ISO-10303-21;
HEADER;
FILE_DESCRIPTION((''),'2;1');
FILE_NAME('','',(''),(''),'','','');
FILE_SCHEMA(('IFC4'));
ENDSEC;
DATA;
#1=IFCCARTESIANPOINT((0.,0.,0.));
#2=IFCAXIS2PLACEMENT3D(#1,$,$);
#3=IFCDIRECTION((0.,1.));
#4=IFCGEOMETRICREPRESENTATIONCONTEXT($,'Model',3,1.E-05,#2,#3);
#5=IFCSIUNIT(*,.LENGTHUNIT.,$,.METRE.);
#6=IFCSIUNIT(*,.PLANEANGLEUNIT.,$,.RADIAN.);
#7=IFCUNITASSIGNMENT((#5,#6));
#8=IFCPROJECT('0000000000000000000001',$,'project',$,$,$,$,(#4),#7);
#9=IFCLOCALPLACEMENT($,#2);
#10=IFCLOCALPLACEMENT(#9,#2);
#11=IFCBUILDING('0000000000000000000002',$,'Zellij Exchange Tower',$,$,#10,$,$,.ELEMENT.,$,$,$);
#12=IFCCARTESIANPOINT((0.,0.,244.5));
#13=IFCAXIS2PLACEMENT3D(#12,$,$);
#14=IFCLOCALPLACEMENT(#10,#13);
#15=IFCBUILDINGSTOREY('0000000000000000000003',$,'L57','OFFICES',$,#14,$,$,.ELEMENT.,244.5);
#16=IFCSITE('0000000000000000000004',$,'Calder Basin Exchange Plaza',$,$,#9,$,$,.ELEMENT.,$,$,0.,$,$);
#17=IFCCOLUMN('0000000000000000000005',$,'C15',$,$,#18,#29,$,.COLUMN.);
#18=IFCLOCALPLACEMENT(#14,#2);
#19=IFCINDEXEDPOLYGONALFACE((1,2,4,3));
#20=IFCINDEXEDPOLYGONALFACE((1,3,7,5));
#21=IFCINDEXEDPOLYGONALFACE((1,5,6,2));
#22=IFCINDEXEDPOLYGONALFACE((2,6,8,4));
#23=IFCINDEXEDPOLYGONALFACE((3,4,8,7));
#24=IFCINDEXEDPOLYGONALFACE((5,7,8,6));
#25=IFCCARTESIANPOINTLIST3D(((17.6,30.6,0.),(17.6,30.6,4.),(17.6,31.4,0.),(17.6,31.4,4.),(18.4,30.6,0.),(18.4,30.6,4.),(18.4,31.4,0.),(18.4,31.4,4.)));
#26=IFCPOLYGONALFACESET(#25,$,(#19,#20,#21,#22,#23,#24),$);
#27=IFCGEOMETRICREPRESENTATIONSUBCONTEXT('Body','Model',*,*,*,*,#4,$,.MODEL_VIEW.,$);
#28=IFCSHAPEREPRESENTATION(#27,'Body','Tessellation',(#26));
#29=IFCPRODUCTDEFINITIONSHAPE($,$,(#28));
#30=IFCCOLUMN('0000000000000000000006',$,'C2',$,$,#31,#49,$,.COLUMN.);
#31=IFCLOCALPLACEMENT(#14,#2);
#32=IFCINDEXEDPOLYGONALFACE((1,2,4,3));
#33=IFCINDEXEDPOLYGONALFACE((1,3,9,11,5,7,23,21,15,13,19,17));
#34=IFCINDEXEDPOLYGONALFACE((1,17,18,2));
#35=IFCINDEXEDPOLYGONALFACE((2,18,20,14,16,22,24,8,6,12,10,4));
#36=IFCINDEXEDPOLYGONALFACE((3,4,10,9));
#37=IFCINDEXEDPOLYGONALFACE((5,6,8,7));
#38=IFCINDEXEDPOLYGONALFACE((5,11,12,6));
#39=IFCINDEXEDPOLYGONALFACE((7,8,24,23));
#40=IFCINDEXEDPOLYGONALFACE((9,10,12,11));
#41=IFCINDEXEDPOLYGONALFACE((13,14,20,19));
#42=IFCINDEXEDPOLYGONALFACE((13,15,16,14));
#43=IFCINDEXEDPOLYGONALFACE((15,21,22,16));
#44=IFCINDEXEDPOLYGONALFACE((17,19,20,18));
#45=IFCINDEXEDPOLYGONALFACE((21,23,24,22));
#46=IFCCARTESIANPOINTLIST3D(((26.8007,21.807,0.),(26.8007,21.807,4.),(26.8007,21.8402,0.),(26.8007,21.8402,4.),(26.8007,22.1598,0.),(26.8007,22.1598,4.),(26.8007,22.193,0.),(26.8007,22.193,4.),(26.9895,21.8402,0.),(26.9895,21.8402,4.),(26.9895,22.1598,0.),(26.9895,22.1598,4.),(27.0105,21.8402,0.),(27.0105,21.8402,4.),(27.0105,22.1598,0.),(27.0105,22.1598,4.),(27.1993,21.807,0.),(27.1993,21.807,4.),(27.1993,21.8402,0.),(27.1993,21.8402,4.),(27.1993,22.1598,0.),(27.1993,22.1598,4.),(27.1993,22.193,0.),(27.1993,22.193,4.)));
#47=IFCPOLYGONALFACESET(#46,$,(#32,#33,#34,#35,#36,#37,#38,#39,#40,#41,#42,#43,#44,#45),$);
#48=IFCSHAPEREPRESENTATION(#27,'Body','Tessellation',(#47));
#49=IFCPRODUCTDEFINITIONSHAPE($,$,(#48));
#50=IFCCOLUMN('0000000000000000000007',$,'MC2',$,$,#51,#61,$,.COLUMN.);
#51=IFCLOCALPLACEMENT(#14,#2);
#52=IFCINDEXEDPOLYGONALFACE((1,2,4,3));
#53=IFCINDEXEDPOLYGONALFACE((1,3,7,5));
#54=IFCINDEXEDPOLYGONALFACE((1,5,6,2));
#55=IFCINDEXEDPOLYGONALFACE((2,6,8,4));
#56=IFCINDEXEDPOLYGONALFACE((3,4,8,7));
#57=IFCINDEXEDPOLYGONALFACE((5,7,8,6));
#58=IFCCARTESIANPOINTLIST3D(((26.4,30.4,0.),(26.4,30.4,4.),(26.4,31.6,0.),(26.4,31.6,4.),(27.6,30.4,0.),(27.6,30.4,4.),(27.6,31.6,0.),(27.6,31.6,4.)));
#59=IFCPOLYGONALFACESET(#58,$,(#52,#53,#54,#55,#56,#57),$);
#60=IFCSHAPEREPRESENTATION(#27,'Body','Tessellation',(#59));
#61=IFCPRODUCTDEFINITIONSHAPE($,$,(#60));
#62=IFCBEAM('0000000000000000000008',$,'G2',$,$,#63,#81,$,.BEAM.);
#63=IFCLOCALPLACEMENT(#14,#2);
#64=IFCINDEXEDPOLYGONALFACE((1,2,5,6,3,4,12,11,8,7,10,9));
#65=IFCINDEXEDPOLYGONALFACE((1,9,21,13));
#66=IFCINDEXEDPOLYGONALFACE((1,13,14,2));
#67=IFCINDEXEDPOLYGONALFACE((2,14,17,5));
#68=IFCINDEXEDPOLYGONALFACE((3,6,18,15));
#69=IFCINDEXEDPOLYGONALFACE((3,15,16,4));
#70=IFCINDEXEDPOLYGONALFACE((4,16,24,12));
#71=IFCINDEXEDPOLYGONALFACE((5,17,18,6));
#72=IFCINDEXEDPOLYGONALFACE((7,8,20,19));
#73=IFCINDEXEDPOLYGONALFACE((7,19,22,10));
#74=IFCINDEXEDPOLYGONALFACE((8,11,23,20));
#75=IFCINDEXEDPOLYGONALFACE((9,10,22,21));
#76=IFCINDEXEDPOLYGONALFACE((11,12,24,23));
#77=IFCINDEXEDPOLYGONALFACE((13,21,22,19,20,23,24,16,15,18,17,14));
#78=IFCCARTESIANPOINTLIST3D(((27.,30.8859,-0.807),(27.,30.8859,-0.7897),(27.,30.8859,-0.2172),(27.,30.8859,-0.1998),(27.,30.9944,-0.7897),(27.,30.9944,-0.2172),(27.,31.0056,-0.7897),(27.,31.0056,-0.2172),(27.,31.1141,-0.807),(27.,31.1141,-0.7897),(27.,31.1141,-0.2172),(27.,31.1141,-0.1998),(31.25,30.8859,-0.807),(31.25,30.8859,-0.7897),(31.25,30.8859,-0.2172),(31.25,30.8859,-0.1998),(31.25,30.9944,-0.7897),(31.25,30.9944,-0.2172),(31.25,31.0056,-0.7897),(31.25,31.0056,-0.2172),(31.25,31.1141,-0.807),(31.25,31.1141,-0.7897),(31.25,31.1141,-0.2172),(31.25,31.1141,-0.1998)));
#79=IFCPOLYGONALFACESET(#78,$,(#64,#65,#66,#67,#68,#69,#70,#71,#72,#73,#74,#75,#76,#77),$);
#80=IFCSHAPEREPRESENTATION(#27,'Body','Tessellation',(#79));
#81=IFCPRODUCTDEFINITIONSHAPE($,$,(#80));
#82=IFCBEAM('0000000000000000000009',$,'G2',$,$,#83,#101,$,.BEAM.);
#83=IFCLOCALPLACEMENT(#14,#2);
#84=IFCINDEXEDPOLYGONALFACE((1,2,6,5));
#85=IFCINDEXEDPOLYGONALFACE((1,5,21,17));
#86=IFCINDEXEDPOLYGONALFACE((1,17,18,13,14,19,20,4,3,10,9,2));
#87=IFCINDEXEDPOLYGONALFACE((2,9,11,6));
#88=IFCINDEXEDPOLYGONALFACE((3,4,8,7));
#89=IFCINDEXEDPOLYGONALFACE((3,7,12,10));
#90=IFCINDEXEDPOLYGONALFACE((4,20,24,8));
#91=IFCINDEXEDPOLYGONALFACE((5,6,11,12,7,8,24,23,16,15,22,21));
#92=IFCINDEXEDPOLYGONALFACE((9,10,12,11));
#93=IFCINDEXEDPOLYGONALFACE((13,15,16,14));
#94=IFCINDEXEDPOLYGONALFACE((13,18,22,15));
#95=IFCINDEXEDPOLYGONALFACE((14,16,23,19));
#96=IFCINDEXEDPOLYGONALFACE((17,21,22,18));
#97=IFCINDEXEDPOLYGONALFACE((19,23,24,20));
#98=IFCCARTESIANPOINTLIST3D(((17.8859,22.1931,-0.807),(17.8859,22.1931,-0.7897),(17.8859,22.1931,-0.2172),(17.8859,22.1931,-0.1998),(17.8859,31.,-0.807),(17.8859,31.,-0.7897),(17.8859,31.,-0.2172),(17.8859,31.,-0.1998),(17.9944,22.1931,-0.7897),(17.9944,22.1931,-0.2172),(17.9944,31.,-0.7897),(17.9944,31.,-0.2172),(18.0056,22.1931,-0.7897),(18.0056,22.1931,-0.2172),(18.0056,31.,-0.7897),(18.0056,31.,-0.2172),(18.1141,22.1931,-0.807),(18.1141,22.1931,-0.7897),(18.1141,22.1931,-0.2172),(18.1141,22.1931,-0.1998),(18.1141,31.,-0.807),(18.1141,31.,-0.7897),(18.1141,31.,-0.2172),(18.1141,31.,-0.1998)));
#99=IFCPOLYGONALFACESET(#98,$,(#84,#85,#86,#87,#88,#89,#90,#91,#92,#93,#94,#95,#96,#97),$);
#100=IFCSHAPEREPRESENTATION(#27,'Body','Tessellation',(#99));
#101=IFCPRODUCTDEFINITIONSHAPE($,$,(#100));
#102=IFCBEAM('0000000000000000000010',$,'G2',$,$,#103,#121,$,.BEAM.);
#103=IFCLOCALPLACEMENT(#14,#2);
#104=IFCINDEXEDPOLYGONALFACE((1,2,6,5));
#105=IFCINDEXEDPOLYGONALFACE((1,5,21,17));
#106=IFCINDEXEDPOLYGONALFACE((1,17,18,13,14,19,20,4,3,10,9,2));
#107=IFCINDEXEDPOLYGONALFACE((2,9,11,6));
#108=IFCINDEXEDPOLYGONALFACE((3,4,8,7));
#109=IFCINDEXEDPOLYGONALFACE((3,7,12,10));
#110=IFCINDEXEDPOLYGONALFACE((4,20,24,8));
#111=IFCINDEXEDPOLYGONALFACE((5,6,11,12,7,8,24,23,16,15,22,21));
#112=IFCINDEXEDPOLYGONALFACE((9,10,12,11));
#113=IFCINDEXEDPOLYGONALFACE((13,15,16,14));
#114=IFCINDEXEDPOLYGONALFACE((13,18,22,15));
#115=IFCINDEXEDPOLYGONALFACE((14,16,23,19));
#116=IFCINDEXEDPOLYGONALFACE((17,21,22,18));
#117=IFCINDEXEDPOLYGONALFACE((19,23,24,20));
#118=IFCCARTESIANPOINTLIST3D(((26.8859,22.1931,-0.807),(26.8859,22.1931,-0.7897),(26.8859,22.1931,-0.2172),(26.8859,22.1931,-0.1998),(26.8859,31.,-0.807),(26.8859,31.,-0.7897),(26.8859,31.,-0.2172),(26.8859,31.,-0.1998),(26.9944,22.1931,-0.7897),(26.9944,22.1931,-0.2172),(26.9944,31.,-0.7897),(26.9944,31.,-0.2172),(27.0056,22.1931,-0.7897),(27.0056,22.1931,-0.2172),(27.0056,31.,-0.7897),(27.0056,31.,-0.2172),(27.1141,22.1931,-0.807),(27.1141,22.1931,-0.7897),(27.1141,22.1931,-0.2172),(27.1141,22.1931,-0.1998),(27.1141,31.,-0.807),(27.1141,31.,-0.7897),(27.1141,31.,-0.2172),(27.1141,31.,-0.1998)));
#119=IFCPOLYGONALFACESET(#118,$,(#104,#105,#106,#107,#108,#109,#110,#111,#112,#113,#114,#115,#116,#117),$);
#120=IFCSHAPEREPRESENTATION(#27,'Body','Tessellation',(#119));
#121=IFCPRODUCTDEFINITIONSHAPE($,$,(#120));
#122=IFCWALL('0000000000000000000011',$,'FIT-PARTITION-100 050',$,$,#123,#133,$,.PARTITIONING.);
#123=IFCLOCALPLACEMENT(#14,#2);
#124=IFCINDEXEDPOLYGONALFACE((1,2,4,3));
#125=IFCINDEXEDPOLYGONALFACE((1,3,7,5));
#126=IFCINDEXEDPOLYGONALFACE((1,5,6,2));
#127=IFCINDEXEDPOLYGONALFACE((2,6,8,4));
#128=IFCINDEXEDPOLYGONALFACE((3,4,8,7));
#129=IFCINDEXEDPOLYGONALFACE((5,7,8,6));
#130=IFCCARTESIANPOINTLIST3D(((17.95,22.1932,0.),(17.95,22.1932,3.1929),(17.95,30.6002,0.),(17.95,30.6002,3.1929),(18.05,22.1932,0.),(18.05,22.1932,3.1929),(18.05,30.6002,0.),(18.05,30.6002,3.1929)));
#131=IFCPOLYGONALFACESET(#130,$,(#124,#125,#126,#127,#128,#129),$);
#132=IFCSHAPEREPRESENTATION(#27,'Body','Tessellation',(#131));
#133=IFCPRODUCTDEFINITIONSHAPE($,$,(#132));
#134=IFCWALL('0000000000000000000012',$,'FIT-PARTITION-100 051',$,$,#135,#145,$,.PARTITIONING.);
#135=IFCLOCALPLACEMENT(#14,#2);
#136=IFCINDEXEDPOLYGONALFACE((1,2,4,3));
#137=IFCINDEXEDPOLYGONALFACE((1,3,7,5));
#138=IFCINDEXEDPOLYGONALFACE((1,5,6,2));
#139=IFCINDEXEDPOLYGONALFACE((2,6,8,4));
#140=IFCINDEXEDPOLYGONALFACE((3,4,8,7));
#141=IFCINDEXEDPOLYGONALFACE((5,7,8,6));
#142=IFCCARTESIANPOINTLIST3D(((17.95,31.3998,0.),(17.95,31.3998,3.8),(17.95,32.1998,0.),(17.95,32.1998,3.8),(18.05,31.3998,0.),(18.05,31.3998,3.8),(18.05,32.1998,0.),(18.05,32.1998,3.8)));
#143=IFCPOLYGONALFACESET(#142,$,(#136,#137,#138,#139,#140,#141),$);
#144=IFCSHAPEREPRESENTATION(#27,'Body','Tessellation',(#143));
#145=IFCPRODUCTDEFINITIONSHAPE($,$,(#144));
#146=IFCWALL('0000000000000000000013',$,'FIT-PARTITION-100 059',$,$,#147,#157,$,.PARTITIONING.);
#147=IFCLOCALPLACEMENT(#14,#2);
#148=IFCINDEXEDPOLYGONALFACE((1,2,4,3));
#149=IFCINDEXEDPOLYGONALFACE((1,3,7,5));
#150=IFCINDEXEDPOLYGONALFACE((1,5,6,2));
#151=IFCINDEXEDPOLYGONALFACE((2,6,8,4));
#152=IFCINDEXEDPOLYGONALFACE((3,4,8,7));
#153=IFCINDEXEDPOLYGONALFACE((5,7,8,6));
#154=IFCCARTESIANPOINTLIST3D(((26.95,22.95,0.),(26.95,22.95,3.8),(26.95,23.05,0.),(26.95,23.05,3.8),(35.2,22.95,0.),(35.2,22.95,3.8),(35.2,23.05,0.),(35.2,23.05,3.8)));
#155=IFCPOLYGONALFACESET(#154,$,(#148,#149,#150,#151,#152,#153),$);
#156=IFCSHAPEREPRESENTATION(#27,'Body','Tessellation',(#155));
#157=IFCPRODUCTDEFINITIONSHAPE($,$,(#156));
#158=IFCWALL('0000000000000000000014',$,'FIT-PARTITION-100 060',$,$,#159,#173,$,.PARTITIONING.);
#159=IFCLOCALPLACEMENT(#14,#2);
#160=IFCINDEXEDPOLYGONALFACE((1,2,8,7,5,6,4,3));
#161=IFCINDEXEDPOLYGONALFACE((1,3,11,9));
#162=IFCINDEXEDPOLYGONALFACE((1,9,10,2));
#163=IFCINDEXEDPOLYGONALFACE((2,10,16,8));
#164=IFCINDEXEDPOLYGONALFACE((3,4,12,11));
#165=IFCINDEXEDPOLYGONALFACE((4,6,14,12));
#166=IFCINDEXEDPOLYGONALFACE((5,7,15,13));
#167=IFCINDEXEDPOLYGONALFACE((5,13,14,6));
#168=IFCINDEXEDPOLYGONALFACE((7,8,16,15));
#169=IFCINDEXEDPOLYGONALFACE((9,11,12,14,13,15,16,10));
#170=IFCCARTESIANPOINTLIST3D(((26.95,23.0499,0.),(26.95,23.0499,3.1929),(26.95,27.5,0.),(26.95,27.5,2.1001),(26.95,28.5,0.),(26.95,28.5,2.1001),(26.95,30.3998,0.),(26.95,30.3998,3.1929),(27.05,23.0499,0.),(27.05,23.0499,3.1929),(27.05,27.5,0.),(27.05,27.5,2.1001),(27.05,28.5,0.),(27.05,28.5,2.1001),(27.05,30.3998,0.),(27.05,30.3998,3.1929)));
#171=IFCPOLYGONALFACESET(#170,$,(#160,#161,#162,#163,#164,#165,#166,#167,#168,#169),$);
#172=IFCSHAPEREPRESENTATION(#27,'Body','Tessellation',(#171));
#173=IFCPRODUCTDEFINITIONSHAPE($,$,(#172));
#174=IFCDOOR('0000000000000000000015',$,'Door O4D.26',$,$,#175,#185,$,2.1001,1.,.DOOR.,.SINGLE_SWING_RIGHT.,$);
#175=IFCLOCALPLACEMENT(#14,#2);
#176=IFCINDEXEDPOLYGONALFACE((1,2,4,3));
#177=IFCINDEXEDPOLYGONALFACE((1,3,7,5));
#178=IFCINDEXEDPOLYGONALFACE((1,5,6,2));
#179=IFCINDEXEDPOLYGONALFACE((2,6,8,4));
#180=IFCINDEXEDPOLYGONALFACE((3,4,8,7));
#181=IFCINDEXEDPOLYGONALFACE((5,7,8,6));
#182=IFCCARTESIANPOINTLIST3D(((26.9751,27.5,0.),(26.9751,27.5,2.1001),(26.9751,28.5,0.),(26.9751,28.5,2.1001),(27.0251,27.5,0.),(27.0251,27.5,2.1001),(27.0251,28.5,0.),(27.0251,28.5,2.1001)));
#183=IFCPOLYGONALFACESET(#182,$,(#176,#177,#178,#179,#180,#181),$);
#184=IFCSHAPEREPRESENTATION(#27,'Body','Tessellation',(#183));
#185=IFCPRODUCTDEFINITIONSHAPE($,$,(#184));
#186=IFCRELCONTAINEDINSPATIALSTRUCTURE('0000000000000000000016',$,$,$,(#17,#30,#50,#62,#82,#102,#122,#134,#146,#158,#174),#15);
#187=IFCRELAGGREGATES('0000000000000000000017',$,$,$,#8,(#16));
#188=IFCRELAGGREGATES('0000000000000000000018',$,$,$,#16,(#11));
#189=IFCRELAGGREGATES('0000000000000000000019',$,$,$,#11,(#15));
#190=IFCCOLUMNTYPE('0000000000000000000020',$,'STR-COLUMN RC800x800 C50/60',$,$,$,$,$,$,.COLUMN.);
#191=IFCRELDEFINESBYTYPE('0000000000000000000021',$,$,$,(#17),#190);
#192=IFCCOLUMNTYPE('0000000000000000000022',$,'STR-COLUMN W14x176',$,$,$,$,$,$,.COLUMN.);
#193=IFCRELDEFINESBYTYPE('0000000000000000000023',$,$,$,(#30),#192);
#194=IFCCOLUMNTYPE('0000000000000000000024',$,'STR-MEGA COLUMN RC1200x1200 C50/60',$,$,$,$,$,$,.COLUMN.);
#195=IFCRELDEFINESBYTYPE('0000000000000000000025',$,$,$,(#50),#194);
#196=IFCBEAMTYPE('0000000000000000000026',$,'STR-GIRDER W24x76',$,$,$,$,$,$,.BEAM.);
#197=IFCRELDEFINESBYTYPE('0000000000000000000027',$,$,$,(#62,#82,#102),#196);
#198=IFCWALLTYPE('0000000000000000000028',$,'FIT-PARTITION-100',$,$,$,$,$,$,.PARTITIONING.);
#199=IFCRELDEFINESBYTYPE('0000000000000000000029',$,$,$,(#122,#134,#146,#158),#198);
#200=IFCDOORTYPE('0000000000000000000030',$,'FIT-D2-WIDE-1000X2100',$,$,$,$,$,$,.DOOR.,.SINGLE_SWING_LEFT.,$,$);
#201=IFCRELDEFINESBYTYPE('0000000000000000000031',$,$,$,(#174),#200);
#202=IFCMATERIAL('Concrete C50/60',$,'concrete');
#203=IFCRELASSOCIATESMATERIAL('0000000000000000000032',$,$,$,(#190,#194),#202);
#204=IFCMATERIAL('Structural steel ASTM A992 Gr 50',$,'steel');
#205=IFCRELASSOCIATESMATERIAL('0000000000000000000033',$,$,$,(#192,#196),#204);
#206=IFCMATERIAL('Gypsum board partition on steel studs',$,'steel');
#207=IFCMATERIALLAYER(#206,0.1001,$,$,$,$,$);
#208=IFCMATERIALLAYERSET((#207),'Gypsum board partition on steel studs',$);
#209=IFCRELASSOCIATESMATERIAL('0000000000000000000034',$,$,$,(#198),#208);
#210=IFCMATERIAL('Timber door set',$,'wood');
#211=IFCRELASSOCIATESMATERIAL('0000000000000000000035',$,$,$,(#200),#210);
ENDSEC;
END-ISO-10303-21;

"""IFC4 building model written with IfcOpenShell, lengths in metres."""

from ifc_helpers import new_model, si_unit, direction, frame, frame_2d, origin, origin_2d, place, context, subcontext, project, spatial, rectangle, i_section, extrude, material, layer, layer_set, material_profile, profile_set, type_object, element, fill, save


model = new_model("IFC4")

# Units and contexts
model_context = context("Model", 3, precision=1e-05, world=origin(), true_north=direction((0.0, 1.0)))
body_context = subcontext(model_context, "Body", "Model", "MODEL_VIEW")
ifc_project = project(units=[si_unit("LENGTHUNIT", "METRE"), si_unit("PLANEANGLEUNIT", "RADIAN")], contexts=[model_context])

# Site, building, storey
site_placement = place(None, origin())
site = spatial("IfcSite", under=ifc_project, at=site_placement, Name="Calder Basin Exchange Plaza", CompositionType="ELEMENT", RefElevation=0.0)
building_placement = place(site_placement, origin())
building = spatial("IfcBuilding", under=site, at=building_placement, Name="Zellij Exchange Tower", CompositionType="ELEMENT")
storey_placement = place(building_placement, frame((0.0, 0.0, 244.5)))
storey = spatial("IfcBuildingStorey", under=building, at=storey_placement, Name="L57", Description="OFFICES", CompositionType="ELEMENT", Elevation=244.5)

# Columns
ifc_material_1 = material(Name="Concrete C50/60", Category="concrete")
ifc_material_profile_1 = material_profile(ifc_material_1, rectangle(XDim=0.8, YDim=0.8, at=origin_2d()), Name="STR-COLUMN RC800x800 C50/60")
ifc_profile_set_1 = profile_set([ifc_material_profile_1], Name="Concrete C50/60")
column_type_1 = type_object("IfcColumnType", Name="STR-COLUMN RC800x800 C50/60", PredefinedType="COLUMN", material=ifc_profile_set_1)
column_1_placement = place(storey_placement, frame((18.0, 31.0, 0.0), z_axis=(0.0, 0.0, 1.0), x_axis=(1.0, 0.0, 0.0)))
element("IfcColumn", 1, at=column_1_placement, inside=storey, type_object=column_type_1, Name="C15", PredefinedType="COLUMN", context=body_context, shape_type="SweptSolid", body=[
    extrude(rectangle(XDim=0.8, YDim=0.8, at=origin_2d()), origin(), (0.0, 0.0, 1.0), 4.0),
])
ifc_material_2 = material(Name="Structural steel ASTM A992 Gr 50", Category="steel")
ifc_material_profile_2 = material_profile(ifc_material_2, i_section(OverallWidth=0.3987, OverallDepth=0.386, WebThickness=0.021, FlangeThickness=0.0332, at=origin_2d()), Name="W14x176")
ifc_profile_set_2 = profile_set([ifc_material_profile_2], Name="Structural steel ASTM A992 Gr 50")
column_type_2 = type_object("IfcColumnType", Name="STR-COLUMN W14x176", PredefinedType="COLUMN", material=ifc_profile_set_2)
column_2_placement = place(storey_placement, frame((27.0, 22.0, 0.0), z_axis=(0.0, 0.0, 1.0), x_axis=(1.0, 0.0, 0.0)))
element("IfcColumn", 2, at=column_2_placement, inside=storey, type_object=column_type_2, Name="C2", PredefinedType="COLUMN", context=body_context, shape_type="SweptSolid", body=[
    extrude(i_section(OverallWidth=0.3987, OverallDepth=0.386, WebThickness=0.021, FlangeThickness=0.0332, at=origin_2d()), origin(), (0.0, 0.0, 1.0), 4.0),
])
ifc_material_profile_3 = material_profile(ifc_material_1, rectangle(XDim=1.2, YDim=1.2, at=origin_2d()), Name="STR-MEGA COLUMN RC1200x1200 C50/60")
ifc_profile_set_3 = profile_set([ifc_material_profile_3], Name="Concrete C50/60")
column_type_3 = type_object("IfcColumnType", Name="STR-MEGA COLUMN RC1200x1200 C50/60", PredefinedType="COLUMN", material=ifc_profile_set_3)
column_3_placement = place(storey_placement, frame((27.0, 31.0, 0.0), z_axis=(0.0, 0.0, 1.0), x_axis=(1.0, 0.0, 0.0)))
element("IfcColumn", 3, at=column_3_placement, inside=storey, type_object=column_type_3, Name="MC2", PredefinedType="COLUMN", context=body_context, shape_type="SweptSolid", body=[
    extrude(rectangle(XDim=1.2, YDim=1.2, at=origin_2d()), origin(), (0.0, 0.0, 1.0), 4.0),
])

# Beams
ifc_material_profile_4 = material_profile(ifc_material_2, i_section(OverallWidth=0.2283, OverallDepth=0.6072, WebThickness=0.0112, FlangeThickness=0.0173, at=origin_2d()), Name="W24x76")
ifc_profile_set_4 = profile_set([ifc_material_profile_4], Name="Structural steel ASTM A992 Gr 50")
beam_type = type_object("IfcBeamType", Name="STR-GIRDER W24x76", PredefinedType="BEAM", material=ifc_profile_set_4)
beam_placement = place(storey_placement, frame((27.0, 31.0, -0.5034), z_axis=(1.0, 0.0, 0.0), x_axis=(0.0, 1.0, 0.0)))
element("IfcBeam", 4, at=beam_placement, inside=storey, type_object=beam_type, Name="G2", PredefinedType="BEAM", context=body_context, shape_type="SweptSolid", body=[
    extrude(i_section(OverallWidth=0.2283, OverallDepth=0.6072, WebThickness=0.0112, FlangeThickness=0.0173, at=origin_2d()), origin(), (0.0, 0.0, 1.0), 4.25),
])
for number, where, z_axis, x_axis, name in (
    (5, (18.0, 22.1931, -0.5034), (0.0, 1.0, 0.0), (-1.0, 0.0, 0.0), "G2"),
    (6, (27.0, 22.1931, -0.5034), (0.0, 1.0, 0.0), (-1.0, 0.0, 0.0), "G2"),
):
    element("IfcBeam", number, at=place(storey_placement, frame(where, z_axis=z_axis, x_axis=x_axis)), inside=storey, type_object=beam_type, Name=name, PredefinedType="BEAM", context=body_context, shape_type="SweptSolid", body=[
        extrude(i_section(OverallWidth=0.2283, OverallDepth=0.6072, WebThickness=0.0112, FlangeThickness=0.0173, at=origin_2d()), origin(), (0.0, 0.0, 1.0), 8.8069),
    ])

# Walls
ifc_material_3 = material(Name="Gypsum board partition on steel studs", Category="steel")
ifc_layer = layer(ifc_material_3, 0.1001)
ifc_layer_set = layer_set([ifc_layer], Name="Gypsum board partition on steel studs")
wall_type = type_object("IfcWallType", Name="FIT-PARTITION-100", PredefinedType="PARTITIONING", material=ifc_layer_set)
wall_1_placement = place(storey_placement, frame((18.0, 22.1931, 0.0), z_axis=(0.0, 0.0, 1.0), x_axis=(0.0, 1.0, 0.0)))
element("IfcWall", 7, at=wall_1_placement, inside=storey, type_object=wall_type, Name="FIT-PARTITION-100 050", PredefinedType="PARTITIONING", context=body_context, shape_type="SweptSolid", body=[
    extrude(rectangle(XDim=8.407, YDim=0.1001, at=frame_2d((4.2036, 0.0))), origin(), (0.0, 0.0, 1.0), 3.1929),
])
wall_2_placement = place(storey_placement, frame((18.0, 31.3999, 0.0), z_axis=(0.0, 0.0, 1.0), x_axis=(0.0, 1.0, 0.0)))
element("IfcWall", 8, at=wall_2_placement, inside=storey, type_object=wall_type, Name="FIT-PARTITION-100 051", PredefinedType="PARTITIONING", context=body_context, shape_type="SweptSolid", body=[
    extrude(rectangle(XDim=0.8, YDim=0.1001, at=frame_2d((0.3999, 0.0))), origin(), (0.0, 0.0, 1.0), 3.8),
])
wall_3_placement = place(storey_placement, frame((26.95, 23.0, 0.0), z_axis=(0.0, 0.0, 1.0), x_axis=(1.0, 0.0, 0.0)))
element("IfcWall", 9, at=wall_3_placement, inside=storey, type_object=wall_type, Name="FIT-PARTITION-100 059", PredefinedType="PARTITIONING", context=body_context, shape_type="SweptSolid", body=[
    extrude(rectangle(XDim=8.25, YDim=0.1001, at=frame_2d((4.125, 0.0))), origin(), (0.0, 0.0, 1.0), 3.8),
])

# Wall, opening, door
wall_4_placement = place(storey_placement, frame((27.0, 23.05, 0.0), z_axis=(0.0, 0.0, 1.0), x_axis=(0.0, 1.0, 0.0)))
wall_4 = element("IfcWall", 10, at=wall_4_placement, inside=storey, type_object=wall_type, Name="FIT-PARTITION-100 060", PredefinedType="PARTITIONING", context=body_context, shape_type="SweptSolid", body=[
    extrude(rectangle(XDim=7.3499, YDim=0.1001, at=frame_2d((3.6748, 0.0))), origin(), (0.0, 0.0, 1.0), 3.1929),
])
opening_placement = place(wall_4_placement, frame((4.45, 0.0, 0.0)))
opening = element("IfcOpeningElement", 11, at=opening_placement, cuts=wall_4, PredefinedType="OPENING", context=body_context, shape_type="SweptSolid", body=[
    extrude(rectangle(XDim=1.0, YDim=2.1001, at=frame_2d((0.5, 1.05))), frame((0.0, 0.062, 0.0), z_axis=(0.0, -1.0, 0.0), x_axis=(1.0, 0.0, 0.0)), (0.0, 0.0, 1.0), 0.124),
])
ifc_material_4 = material(Name="Timber door set", Category="wood")
door_type = type_object("IfcDoorType", Name="FIT-D2-WIDE-1000X2100", OperationType="SINGLE_SWING_LEFT", PredefinedType="DOOR", material=ifc_material_4)
door_placement = place(opening_placement, origin())
door = element("IfcDoor", 12, at=door_placement, inside=storey, type_object=door_type, Name="Door O4D.26", OperationType="SINGLE_SWING_RIGHT", OverallHeight=2.1001, OverallWidth=1.0, PredefinedType="DOOR", context=body_context, shape_type="SweptSolid", body=[
    extrude(rectangle(XDim=1.0, YDim=2.1001, at=frame_2d((0.5, 1.05))), frame((0.0, 0.0249, 0.0), z_axis=(0.0, -1.0, 0.0), x_axis=(1.0, 0.0, 0.0)), (0.0, 0.0, 1.0), 0.05),
])
fill(opening, door)

save(model, "model.ifc")
